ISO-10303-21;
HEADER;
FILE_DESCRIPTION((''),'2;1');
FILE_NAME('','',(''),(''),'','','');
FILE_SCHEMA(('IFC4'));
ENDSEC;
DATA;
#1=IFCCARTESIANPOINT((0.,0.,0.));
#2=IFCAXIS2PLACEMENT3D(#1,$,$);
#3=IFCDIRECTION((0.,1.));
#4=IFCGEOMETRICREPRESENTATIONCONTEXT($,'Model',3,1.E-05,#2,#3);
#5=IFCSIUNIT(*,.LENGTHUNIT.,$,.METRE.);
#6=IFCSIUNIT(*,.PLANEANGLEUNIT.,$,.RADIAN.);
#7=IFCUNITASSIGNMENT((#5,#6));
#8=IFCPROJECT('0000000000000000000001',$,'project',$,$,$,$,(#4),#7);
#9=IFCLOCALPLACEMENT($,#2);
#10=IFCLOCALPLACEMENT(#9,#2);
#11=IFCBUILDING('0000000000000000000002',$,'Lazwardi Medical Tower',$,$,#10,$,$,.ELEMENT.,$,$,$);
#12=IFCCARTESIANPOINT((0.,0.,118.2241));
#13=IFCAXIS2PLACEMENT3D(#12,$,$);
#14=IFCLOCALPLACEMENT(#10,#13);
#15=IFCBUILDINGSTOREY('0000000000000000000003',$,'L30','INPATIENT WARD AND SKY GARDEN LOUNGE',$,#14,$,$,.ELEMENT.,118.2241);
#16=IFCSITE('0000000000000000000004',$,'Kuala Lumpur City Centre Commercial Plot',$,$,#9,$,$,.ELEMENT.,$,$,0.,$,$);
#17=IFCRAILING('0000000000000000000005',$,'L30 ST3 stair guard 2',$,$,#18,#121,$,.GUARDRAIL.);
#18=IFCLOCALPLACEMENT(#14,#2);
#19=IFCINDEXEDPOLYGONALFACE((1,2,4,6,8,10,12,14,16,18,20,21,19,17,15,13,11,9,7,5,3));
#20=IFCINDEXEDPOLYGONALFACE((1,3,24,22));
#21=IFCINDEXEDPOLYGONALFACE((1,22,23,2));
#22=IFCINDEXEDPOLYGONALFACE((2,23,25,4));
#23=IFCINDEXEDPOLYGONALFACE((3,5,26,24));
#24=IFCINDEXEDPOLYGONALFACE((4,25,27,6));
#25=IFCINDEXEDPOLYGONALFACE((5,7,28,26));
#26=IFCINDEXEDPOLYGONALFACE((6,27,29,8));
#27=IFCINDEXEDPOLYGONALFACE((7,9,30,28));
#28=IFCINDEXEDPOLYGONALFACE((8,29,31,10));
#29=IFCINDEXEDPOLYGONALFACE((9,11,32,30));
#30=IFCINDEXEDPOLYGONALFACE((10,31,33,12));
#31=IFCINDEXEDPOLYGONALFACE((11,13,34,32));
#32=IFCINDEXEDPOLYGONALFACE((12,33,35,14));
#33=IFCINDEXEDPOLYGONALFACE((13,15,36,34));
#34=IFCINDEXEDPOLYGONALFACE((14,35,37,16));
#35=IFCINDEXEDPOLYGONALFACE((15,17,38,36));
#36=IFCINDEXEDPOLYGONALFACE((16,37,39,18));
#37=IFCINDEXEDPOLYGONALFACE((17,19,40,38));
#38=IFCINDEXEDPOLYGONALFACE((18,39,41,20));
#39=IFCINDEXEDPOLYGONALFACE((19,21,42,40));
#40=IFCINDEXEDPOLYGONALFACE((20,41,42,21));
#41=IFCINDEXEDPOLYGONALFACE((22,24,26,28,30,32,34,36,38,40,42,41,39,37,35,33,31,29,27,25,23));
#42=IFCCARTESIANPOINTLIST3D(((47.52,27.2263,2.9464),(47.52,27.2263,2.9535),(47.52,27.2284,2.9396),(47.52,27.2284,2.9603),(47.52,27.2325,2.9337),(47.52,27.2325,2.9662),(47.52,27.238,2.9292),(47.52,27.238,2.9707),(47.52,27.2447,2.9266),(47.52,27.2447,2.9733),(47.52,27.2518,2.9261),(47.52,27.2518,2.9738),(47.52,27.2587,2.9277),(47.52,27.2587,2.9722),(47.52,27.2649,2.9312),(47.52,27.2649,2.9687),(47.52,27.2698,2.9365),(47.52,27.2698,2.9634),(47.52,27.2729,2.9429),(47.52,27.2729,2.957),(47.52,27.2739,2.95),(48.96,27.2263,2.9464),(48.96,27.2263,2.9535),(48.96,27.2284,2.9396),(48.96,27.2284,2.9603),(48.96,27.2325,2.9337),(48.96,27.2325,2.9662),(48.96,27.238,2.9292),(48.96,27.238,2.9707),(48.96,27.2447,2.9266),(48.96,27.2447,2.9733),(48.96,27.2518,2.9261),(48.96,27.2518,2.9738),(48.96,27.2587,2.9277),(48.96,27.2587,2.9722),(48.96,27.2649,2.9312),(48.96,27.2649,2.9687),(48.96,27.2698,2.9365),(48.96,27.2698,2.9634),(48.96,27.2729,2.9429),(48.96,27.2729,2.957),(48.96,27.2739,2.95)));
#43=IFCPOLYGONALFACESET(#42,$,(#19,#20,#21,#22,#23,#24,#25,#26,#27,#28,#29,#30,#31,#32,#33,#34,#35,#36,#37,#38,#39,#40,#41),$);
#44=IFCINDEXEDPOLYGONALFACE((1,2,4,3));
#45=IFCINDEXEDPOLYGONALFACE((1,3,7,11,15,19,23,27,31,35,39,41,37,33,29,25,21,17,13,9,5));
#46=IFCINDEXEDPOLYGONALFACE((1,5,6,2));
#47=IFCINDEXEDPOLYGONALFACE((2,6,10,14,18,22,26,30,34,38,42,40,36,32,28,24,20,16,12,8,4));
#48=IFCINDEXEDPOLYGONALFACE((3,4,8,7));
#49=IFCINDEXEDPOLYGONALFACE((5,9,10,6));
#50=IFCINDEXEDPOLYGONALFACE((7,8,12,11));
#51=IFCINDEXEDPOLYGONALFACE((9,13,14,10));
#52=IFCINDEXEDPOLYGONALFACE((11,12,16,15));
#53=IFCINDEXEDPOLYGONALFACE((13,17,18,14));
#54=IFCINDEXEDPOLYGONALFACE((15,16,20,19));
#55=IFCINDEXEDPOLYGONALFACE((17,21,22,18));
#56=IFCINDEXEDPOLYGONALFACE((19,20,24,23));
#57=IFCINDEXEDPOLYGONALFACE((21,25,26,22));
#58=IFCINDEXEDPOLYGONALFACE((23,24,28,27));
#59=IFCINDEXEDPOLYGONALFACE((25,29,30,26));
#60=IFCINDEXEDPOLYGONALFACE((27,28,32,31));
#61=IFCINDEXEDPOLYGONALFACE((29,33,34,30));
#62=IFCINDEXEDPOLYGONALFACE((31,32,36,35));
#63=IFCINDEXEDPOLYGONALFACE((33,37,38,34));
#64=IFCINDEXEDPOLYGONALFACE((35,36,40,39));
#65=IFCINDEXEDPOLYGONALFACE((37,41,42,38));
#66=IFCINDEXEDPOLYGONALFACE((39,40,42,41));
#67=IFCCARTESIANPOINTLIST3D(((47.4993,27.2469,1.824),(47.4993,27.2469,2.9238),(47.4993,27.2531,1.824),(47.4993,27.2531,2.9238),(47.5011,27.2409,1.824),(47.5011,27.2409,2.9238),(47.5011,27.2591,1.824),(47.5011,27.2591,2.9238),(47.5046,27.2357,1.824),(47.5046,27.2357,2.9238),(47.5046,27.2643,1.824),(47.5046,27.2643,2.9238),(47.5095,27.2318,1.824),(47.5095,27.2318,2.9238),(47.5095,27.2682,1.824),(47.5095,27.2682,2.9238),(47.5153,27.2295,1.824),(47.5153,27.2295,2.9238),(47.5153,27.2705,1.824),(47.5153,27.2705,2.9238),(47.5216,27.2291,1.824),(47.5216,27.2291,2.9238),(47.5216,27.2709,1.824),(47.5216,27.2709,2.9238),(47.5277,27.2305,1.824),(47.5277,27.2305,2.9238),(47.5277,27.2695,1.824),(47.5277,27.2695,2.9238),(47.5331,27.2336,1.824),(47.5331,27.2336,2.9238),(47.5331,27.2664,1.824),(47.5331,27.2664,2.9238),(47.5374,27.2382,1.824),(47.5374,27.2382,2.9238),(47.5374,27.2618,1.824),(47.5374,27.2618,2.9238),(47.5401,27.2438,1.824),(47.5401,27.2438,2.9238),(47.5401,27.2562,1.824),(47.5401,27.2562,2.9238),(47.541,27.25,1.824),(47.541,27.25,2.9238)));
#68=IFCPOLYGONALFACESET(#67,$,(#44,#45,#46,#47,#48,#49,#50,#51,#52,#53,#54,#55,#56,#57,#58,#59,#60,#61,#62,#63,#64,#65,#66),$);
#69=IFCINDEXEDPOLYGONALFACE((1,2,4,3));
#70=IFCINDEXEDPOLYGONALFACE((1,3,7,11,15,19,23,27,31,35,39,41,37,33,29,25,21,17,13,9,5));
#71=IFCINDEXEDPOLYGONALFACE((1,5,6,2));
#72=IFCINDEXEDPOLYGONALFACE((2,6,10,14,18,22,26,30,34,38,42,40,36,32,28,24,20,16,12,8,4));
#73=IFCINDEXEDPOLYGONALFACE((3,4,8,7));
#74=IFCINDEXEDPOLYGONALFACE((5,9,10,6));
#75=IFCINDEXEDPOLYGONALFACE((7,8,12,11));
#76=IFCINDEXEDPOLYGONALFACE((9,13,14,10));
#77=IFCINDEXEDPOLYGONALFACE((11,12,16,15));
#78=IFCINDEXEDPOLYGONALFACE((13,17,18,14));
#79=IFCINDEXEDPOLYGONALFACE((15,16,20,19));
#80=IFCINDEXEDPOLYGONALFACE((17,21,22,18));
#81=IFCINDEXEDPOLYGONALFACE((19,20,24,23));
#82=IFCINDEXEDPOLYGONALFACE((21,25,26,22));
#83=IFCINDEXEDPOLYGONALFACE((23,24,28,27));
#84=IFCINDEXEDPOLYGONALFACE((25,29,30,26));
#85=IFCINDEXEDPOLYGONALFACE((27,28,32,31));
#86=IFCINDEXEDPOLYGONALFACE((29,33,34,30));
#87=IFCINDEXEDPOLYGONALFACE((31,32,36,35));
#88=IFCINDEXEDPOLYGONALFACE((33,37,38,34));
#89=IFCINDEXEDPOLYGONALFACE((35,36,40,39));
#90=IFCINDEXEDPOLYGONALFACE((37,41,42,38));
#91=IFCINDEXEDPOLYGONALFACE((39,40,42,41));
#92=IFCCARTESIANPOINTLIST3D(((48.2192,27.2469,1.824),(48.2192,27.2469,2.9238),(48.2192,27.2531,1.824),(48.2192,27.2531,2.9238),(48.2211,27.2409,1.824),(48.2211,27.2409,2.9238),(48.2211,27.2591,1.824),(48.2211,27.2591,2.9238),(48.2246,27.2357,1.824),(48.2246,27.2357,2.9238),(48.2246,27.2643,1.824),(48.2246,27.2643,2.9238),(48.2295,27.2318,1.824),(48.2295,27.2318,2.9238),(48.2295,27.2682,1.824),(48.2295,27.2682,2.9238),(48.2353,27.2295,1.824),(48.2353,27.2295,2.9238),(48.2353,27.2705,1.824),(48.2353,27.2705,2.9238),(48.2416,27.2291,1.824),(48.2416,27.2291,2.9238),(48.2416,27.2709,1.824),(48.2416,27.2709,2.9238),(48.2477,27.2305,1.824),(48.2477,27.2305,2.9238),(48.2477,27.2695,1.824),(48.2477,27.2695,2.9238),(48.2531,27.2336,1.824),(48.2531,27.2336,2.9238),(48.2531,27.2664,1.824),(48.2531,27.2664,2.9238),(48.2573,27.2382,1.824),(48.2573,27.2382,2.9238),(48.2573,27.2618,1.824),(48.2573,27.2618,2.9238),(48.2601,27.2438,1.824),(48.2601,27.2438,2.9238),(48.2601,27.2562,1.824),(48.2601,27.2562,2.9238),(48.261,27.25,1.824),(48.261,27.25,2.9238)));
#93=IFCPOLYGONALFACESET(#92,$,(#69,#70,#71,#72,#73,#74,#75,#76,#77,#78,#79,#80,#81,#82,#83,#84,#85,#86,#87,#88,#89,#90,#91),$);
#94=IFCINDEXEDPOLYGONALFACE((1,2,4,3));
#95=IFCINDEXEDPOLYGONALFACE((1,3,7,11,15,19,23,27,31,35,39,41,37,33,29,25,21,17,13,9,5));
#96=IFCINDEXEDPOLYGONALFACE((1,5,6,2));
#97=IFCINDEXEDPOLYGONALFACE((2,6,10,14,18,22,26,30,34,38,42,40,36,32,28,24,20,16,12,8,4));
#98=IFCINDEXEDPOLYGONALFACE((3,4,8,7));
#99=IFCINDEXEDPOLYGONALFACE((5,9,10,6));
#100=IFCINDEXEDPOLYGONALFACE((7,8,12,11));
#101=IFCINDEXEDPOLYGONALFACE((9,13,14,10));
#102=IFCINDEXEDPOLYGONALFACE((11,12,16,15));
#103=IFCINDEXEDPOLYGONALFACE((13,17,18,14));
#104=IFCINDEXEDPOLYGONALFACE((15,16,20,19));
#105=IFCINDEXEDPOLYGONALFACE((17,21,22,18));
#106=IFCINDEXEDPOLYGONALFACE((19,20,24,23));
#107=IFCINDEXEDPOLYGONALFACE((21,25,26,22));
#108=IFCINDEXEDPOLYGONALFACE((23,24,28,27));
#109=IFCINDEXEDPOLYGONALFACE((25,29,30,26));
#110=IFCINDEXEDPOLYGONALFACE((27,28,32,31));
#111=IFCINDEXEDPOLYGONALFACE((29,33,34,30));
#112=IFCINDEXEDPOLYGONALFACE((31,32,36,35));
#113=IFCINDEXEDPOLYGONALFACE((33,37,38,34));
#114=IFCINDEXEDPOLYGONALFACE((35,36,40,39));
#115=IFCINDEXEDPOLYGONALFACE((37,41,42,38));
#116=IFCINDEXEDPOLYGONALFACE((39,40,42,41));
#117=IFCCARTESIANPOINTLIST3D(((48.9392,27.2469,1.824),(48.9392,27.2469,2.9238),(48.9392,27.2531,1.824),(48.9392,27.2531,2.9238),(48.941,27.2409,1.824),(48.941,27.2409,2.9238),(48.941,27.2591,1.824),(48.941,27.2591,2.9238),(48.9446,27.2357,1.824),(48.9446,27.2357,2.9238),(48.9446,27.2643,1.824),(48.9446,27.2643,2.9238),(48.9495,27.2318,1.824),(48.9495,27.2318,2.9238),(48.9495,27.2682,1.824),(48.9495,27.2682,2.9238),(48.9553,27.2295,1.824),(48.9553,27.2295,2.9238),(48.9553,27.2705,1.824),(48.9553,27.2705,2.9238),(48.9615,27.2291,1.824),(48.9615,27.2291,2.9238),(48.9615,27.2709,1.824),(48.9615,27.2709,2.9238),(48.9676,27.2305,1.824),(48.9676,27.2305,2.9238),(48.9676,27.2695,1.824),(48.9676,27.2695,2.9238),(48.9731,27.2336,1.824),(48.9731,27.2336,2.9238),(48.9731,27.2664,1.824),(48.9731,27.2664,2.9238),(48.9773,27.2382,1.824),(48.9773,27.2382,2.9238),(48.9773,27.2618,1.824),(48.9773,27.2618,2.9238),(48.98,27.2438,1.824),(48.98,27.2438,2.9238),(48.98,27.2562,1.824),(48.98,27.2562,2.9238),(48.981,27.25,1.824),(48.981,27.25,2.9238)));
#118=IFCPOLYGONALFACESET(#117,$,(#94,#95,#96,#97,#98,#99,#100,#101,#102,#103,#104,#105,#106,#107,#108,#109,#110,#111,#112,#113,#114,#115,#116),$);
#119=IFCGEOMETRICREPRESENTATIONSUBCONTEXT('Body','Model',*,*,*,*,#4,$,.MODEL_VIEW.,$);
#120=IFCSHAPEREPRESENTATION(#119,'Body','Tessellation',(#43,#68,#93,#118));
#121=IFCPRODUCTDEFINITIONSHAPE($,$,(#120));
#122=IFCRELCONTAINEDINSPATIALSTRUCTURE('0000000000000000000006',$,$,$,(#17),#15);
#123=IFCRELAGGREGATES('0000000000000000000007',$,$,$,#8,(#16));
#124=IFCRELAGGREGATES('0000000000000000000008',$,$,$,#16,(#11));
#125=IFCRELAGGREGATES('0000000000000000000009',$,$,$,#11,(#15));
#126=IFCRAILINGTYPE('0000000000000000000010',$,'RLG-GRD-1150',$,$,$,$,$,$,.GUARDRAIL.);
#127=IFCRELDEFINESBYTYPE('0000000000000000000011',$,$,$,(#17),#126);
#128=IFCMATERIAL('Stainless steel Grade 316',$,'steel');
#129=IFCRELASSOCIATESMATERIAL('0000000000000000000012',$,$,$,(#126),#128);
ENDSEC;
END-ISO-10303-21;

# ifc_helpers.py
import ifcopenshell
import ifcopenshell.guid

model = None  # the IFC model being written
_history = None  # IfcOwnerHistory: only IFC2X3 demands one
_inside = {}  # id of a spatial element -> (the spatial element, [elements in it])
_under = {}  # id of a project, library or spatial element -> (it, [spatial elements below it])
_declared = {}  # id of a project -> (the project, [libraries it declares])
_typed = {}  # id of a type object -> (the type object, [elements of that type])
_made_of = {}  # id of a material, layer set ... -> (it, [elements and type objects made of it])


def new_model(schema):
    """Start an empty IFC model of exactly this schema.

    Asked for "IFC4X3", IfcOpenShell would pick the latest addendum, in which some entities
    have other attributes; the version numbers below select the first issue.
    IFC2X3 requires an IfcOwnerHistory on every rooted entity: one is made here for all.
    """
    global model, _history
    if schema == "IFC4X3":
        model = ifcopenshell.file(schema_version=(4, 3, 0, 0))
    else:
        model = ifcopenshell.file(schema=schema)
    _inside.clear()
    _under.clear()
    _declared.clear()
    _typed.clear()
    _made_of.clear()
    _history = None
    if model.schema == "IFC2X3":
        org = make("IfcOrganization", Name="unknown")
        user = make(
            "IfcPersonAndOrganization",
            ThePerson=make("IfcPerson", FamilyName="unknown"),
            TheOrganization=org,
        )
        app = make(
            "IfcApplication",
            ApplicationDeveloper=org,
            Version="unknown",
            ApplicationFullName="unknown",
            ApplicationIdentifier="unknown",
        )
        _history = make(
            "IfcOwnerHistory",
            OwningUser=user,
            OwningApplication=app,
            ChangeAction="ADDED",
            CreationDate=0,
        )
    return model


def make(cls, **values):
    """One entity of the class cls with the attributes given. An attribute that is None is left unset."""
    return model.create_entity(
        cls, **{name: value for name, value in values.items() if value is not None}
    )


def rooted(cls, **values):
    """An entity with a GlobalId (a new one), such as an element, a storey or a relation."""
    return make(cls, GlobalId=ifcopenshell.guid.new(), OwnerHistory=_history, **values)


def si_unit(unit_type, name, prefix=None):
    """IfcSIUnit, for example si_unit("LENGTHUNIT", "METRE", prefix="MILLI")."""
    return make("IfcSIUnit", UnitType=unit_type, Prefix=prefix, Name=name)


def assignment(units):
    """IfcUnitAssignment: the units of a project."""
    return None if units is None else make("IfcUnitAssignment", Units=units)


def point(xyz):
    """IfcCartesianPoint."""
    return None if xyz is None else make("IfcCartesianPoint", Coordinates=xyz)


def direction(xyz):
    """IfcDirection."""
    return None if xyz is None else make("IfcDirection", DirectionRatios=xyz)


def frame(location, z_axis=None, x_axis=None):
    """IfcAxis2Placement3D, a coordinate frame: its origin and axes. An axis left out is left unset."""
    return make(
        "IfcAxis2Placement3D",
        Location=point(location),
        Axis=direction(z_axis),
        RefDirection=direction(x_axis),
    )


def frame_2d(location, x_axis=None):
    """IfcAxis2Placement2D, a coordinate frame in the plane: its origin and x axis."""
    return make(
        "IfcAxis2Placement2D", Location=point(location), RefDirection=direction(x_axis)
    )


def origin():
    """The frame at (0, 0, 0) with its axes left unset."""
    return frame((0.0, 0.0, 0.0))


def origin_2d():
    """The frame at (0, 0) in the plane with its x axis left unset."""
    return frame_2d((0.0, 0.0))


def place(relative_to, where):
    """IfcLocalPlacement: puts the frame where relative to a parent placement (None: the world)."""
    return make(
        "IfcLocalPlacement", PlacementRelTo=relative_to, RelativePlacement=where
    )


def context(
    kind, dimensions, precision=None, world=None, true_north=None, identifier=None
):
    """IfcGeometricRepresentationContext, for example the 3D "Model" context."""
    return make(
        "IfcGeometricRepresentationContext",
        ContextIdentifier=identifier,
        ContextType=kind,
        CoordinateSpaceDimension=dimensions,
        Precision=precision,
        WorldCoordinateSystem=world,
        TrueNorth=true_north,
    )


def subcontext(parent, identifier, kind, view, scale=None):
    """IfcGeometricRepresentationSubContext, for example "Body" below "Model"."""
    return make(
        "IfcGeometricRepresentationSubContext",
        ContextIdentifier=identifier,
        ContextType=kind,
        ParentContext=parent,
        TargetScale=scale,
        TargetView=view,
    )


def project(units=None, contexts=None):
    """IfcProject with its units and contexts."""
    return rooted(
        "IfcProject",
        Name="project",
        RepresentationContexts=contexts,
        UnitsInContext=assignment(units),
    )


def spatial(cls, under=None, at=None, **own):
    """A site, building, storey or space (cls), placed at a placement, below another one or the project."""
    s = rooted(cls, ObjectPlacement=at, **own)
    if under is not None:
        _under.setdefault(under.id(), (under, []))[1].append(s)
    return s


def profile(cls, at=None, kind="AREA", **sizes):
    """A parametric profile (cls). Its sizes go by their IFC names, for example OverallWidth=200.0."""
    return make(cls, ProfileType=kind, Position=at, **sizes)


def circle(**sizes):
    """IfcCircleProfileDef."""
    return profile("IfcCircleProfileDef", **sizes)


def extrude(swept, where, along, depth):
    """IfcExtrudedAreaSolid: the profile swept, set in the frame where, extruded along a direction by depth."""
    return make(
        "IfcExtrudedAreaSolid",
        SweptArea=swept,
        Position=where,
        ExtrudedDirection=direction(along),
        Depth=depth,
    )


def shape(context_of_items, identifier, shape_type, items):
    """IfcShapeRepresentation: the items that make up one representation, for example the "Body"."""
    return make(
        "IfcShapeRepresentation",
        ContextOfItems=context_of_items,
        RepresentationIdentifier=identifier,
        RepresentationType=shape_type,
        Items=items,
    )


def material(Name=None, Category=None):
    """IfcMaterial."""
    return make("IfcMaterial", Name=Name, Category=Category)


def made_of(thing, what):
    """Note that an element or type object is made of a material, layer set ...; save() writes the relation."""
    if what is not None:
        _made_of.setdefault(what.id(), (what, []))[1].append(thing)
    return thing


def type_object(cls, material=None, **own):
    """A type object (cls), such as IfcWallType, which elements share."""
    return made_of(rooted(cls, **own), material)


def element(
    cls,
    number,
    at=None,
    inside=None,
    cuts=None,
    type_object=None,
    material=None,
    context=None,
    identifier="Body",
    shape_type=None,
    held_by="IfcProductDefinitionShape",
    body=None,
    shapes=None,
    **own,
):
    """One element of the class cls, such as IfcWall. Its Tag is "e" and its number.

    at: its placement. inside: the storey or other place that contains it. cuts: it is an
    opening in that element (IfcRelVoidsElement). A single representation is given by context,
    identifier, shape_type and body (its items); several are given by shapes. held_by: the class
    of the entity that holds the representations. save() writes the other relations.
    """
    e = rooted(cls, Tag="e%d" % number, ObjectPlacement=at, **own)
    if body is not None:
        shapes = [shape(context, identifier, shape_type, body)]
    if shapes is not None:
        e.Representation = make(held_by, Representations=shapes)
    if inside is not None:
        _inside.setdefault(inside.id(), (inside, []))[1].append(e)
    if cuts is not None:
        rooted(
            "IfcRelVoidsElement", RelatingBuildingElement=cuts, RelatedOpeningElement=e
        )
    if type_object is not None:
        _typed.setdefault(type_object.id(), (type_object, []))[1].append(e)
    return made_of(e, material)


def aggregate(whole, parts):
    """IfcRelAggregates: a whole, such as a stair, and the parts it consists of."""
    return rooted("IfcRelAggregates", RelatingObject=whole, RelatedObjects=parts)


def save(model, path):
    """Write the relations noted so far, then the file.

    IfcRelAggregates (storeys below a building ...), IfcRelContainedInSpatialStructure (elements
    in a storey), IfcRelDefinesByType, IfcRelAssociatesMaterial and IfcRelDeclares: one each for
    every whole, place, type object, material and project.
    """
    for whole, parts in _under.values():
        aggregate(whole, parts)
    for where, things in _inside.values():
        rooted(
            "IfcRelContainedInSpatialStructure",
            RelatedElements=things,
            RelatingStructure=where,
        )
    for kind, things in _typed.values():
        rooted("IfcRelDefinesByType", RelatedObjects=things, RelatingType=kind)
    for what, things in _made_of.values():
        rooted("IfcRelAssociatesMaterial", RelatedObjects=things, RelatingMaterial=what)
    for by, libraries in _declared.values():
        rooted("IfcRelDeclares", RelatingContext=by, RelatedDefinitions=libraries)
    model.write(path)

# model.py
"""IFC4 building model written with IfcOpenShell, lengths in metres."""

from ifc_helpers import new_model, si_unit, direction, frame, origin, origin_2d, place, context, subcontext, project, spatial, circle, extrude, material, type_object, element, save


model = new_model("IFC4")

# Units and contexts
model_context = context("Model", 3, precision=1e-05, world=origin(), true_north=direction((0.0, 1.0)))
body_context = subcontext(model_context, "Body", "Model", "MODEL_VIEW")
ifc_project = project(units=[si_unit("LENGTHUNIT", "METRE"), si_unit("PLANEANGLEUNIT", "RADIAN")], contexts=[model_context])

# Site, building, storey
site_placement = place(None, origin())
site = spatial("IfcSite", under=ifc_project, at=site_placement, Name="Kuala Lumpur City Centre Commercial Plot", CompositionType="ELEMENT", RefElevation=0.0)
building_placement = place(site_placement, origin())
building = spatial("IfcBuilding", under=site, at=building_placement, Name="Lazwardi Medical Tower", CompositionType="ELEMENT")
storey_placement = place(building_placement, frame((0.0, 0.0, 118.2241)))
storey = spatial("IfcBuildingStorey", under=building, at=storey_placement, Name="L30", Description="INPATIENT WARD AND SKY GARDEN LOUNGE", CompositionType="ELEMENT", Elevation=118.2241)

# Railing
ifc_material_1 = material(Name="Stainless steel Grade 316", Category="steel")
railing_type_1 = type_object("IfcRailingType", Name="RLG-GRD-1150", PredefinedType="GUARDRAIL", material=ifc_material_1)
railing_1_placement = place(storey_placement, frame((47.52, 27.25, 1.824)))
element("IfcRailing", 1, at=railing_1_placement, inside=storey, type_object=railing_type_1, Name="L30 ST3 stair guard 2", PredefinedType="GUARDRAIL", context=body_context, shape_type="SweptSolid", body=[
    extrude(circle(Radius=0.0239, at=origin_2d()), frame((0.0, 0.0, 1.126), z_axis=(1.0, 0.0, 0.0), x_axis=(0.0, 1.0, 0.0)), (0.0, 0.0, 1.0), 1.4399),
    extrude(circle(Radius=0.021, at=origin_2d()), origin(), (0.0, 0.0, 1.0), 1.0999),
    extrude(circle(Radius=0.021, at=origin_2d()), frame((0.72, 0.0, 0.0)), (0.0, 0.0, 1.0), 1.0999),
    extrude(circle(Radius=0.021, at=origin_2d()), frame((1.4399, 0.0, 0.0)), (0.0, 0.0, 1.0), 1.0999),
])

save(model, "model.ifc")
